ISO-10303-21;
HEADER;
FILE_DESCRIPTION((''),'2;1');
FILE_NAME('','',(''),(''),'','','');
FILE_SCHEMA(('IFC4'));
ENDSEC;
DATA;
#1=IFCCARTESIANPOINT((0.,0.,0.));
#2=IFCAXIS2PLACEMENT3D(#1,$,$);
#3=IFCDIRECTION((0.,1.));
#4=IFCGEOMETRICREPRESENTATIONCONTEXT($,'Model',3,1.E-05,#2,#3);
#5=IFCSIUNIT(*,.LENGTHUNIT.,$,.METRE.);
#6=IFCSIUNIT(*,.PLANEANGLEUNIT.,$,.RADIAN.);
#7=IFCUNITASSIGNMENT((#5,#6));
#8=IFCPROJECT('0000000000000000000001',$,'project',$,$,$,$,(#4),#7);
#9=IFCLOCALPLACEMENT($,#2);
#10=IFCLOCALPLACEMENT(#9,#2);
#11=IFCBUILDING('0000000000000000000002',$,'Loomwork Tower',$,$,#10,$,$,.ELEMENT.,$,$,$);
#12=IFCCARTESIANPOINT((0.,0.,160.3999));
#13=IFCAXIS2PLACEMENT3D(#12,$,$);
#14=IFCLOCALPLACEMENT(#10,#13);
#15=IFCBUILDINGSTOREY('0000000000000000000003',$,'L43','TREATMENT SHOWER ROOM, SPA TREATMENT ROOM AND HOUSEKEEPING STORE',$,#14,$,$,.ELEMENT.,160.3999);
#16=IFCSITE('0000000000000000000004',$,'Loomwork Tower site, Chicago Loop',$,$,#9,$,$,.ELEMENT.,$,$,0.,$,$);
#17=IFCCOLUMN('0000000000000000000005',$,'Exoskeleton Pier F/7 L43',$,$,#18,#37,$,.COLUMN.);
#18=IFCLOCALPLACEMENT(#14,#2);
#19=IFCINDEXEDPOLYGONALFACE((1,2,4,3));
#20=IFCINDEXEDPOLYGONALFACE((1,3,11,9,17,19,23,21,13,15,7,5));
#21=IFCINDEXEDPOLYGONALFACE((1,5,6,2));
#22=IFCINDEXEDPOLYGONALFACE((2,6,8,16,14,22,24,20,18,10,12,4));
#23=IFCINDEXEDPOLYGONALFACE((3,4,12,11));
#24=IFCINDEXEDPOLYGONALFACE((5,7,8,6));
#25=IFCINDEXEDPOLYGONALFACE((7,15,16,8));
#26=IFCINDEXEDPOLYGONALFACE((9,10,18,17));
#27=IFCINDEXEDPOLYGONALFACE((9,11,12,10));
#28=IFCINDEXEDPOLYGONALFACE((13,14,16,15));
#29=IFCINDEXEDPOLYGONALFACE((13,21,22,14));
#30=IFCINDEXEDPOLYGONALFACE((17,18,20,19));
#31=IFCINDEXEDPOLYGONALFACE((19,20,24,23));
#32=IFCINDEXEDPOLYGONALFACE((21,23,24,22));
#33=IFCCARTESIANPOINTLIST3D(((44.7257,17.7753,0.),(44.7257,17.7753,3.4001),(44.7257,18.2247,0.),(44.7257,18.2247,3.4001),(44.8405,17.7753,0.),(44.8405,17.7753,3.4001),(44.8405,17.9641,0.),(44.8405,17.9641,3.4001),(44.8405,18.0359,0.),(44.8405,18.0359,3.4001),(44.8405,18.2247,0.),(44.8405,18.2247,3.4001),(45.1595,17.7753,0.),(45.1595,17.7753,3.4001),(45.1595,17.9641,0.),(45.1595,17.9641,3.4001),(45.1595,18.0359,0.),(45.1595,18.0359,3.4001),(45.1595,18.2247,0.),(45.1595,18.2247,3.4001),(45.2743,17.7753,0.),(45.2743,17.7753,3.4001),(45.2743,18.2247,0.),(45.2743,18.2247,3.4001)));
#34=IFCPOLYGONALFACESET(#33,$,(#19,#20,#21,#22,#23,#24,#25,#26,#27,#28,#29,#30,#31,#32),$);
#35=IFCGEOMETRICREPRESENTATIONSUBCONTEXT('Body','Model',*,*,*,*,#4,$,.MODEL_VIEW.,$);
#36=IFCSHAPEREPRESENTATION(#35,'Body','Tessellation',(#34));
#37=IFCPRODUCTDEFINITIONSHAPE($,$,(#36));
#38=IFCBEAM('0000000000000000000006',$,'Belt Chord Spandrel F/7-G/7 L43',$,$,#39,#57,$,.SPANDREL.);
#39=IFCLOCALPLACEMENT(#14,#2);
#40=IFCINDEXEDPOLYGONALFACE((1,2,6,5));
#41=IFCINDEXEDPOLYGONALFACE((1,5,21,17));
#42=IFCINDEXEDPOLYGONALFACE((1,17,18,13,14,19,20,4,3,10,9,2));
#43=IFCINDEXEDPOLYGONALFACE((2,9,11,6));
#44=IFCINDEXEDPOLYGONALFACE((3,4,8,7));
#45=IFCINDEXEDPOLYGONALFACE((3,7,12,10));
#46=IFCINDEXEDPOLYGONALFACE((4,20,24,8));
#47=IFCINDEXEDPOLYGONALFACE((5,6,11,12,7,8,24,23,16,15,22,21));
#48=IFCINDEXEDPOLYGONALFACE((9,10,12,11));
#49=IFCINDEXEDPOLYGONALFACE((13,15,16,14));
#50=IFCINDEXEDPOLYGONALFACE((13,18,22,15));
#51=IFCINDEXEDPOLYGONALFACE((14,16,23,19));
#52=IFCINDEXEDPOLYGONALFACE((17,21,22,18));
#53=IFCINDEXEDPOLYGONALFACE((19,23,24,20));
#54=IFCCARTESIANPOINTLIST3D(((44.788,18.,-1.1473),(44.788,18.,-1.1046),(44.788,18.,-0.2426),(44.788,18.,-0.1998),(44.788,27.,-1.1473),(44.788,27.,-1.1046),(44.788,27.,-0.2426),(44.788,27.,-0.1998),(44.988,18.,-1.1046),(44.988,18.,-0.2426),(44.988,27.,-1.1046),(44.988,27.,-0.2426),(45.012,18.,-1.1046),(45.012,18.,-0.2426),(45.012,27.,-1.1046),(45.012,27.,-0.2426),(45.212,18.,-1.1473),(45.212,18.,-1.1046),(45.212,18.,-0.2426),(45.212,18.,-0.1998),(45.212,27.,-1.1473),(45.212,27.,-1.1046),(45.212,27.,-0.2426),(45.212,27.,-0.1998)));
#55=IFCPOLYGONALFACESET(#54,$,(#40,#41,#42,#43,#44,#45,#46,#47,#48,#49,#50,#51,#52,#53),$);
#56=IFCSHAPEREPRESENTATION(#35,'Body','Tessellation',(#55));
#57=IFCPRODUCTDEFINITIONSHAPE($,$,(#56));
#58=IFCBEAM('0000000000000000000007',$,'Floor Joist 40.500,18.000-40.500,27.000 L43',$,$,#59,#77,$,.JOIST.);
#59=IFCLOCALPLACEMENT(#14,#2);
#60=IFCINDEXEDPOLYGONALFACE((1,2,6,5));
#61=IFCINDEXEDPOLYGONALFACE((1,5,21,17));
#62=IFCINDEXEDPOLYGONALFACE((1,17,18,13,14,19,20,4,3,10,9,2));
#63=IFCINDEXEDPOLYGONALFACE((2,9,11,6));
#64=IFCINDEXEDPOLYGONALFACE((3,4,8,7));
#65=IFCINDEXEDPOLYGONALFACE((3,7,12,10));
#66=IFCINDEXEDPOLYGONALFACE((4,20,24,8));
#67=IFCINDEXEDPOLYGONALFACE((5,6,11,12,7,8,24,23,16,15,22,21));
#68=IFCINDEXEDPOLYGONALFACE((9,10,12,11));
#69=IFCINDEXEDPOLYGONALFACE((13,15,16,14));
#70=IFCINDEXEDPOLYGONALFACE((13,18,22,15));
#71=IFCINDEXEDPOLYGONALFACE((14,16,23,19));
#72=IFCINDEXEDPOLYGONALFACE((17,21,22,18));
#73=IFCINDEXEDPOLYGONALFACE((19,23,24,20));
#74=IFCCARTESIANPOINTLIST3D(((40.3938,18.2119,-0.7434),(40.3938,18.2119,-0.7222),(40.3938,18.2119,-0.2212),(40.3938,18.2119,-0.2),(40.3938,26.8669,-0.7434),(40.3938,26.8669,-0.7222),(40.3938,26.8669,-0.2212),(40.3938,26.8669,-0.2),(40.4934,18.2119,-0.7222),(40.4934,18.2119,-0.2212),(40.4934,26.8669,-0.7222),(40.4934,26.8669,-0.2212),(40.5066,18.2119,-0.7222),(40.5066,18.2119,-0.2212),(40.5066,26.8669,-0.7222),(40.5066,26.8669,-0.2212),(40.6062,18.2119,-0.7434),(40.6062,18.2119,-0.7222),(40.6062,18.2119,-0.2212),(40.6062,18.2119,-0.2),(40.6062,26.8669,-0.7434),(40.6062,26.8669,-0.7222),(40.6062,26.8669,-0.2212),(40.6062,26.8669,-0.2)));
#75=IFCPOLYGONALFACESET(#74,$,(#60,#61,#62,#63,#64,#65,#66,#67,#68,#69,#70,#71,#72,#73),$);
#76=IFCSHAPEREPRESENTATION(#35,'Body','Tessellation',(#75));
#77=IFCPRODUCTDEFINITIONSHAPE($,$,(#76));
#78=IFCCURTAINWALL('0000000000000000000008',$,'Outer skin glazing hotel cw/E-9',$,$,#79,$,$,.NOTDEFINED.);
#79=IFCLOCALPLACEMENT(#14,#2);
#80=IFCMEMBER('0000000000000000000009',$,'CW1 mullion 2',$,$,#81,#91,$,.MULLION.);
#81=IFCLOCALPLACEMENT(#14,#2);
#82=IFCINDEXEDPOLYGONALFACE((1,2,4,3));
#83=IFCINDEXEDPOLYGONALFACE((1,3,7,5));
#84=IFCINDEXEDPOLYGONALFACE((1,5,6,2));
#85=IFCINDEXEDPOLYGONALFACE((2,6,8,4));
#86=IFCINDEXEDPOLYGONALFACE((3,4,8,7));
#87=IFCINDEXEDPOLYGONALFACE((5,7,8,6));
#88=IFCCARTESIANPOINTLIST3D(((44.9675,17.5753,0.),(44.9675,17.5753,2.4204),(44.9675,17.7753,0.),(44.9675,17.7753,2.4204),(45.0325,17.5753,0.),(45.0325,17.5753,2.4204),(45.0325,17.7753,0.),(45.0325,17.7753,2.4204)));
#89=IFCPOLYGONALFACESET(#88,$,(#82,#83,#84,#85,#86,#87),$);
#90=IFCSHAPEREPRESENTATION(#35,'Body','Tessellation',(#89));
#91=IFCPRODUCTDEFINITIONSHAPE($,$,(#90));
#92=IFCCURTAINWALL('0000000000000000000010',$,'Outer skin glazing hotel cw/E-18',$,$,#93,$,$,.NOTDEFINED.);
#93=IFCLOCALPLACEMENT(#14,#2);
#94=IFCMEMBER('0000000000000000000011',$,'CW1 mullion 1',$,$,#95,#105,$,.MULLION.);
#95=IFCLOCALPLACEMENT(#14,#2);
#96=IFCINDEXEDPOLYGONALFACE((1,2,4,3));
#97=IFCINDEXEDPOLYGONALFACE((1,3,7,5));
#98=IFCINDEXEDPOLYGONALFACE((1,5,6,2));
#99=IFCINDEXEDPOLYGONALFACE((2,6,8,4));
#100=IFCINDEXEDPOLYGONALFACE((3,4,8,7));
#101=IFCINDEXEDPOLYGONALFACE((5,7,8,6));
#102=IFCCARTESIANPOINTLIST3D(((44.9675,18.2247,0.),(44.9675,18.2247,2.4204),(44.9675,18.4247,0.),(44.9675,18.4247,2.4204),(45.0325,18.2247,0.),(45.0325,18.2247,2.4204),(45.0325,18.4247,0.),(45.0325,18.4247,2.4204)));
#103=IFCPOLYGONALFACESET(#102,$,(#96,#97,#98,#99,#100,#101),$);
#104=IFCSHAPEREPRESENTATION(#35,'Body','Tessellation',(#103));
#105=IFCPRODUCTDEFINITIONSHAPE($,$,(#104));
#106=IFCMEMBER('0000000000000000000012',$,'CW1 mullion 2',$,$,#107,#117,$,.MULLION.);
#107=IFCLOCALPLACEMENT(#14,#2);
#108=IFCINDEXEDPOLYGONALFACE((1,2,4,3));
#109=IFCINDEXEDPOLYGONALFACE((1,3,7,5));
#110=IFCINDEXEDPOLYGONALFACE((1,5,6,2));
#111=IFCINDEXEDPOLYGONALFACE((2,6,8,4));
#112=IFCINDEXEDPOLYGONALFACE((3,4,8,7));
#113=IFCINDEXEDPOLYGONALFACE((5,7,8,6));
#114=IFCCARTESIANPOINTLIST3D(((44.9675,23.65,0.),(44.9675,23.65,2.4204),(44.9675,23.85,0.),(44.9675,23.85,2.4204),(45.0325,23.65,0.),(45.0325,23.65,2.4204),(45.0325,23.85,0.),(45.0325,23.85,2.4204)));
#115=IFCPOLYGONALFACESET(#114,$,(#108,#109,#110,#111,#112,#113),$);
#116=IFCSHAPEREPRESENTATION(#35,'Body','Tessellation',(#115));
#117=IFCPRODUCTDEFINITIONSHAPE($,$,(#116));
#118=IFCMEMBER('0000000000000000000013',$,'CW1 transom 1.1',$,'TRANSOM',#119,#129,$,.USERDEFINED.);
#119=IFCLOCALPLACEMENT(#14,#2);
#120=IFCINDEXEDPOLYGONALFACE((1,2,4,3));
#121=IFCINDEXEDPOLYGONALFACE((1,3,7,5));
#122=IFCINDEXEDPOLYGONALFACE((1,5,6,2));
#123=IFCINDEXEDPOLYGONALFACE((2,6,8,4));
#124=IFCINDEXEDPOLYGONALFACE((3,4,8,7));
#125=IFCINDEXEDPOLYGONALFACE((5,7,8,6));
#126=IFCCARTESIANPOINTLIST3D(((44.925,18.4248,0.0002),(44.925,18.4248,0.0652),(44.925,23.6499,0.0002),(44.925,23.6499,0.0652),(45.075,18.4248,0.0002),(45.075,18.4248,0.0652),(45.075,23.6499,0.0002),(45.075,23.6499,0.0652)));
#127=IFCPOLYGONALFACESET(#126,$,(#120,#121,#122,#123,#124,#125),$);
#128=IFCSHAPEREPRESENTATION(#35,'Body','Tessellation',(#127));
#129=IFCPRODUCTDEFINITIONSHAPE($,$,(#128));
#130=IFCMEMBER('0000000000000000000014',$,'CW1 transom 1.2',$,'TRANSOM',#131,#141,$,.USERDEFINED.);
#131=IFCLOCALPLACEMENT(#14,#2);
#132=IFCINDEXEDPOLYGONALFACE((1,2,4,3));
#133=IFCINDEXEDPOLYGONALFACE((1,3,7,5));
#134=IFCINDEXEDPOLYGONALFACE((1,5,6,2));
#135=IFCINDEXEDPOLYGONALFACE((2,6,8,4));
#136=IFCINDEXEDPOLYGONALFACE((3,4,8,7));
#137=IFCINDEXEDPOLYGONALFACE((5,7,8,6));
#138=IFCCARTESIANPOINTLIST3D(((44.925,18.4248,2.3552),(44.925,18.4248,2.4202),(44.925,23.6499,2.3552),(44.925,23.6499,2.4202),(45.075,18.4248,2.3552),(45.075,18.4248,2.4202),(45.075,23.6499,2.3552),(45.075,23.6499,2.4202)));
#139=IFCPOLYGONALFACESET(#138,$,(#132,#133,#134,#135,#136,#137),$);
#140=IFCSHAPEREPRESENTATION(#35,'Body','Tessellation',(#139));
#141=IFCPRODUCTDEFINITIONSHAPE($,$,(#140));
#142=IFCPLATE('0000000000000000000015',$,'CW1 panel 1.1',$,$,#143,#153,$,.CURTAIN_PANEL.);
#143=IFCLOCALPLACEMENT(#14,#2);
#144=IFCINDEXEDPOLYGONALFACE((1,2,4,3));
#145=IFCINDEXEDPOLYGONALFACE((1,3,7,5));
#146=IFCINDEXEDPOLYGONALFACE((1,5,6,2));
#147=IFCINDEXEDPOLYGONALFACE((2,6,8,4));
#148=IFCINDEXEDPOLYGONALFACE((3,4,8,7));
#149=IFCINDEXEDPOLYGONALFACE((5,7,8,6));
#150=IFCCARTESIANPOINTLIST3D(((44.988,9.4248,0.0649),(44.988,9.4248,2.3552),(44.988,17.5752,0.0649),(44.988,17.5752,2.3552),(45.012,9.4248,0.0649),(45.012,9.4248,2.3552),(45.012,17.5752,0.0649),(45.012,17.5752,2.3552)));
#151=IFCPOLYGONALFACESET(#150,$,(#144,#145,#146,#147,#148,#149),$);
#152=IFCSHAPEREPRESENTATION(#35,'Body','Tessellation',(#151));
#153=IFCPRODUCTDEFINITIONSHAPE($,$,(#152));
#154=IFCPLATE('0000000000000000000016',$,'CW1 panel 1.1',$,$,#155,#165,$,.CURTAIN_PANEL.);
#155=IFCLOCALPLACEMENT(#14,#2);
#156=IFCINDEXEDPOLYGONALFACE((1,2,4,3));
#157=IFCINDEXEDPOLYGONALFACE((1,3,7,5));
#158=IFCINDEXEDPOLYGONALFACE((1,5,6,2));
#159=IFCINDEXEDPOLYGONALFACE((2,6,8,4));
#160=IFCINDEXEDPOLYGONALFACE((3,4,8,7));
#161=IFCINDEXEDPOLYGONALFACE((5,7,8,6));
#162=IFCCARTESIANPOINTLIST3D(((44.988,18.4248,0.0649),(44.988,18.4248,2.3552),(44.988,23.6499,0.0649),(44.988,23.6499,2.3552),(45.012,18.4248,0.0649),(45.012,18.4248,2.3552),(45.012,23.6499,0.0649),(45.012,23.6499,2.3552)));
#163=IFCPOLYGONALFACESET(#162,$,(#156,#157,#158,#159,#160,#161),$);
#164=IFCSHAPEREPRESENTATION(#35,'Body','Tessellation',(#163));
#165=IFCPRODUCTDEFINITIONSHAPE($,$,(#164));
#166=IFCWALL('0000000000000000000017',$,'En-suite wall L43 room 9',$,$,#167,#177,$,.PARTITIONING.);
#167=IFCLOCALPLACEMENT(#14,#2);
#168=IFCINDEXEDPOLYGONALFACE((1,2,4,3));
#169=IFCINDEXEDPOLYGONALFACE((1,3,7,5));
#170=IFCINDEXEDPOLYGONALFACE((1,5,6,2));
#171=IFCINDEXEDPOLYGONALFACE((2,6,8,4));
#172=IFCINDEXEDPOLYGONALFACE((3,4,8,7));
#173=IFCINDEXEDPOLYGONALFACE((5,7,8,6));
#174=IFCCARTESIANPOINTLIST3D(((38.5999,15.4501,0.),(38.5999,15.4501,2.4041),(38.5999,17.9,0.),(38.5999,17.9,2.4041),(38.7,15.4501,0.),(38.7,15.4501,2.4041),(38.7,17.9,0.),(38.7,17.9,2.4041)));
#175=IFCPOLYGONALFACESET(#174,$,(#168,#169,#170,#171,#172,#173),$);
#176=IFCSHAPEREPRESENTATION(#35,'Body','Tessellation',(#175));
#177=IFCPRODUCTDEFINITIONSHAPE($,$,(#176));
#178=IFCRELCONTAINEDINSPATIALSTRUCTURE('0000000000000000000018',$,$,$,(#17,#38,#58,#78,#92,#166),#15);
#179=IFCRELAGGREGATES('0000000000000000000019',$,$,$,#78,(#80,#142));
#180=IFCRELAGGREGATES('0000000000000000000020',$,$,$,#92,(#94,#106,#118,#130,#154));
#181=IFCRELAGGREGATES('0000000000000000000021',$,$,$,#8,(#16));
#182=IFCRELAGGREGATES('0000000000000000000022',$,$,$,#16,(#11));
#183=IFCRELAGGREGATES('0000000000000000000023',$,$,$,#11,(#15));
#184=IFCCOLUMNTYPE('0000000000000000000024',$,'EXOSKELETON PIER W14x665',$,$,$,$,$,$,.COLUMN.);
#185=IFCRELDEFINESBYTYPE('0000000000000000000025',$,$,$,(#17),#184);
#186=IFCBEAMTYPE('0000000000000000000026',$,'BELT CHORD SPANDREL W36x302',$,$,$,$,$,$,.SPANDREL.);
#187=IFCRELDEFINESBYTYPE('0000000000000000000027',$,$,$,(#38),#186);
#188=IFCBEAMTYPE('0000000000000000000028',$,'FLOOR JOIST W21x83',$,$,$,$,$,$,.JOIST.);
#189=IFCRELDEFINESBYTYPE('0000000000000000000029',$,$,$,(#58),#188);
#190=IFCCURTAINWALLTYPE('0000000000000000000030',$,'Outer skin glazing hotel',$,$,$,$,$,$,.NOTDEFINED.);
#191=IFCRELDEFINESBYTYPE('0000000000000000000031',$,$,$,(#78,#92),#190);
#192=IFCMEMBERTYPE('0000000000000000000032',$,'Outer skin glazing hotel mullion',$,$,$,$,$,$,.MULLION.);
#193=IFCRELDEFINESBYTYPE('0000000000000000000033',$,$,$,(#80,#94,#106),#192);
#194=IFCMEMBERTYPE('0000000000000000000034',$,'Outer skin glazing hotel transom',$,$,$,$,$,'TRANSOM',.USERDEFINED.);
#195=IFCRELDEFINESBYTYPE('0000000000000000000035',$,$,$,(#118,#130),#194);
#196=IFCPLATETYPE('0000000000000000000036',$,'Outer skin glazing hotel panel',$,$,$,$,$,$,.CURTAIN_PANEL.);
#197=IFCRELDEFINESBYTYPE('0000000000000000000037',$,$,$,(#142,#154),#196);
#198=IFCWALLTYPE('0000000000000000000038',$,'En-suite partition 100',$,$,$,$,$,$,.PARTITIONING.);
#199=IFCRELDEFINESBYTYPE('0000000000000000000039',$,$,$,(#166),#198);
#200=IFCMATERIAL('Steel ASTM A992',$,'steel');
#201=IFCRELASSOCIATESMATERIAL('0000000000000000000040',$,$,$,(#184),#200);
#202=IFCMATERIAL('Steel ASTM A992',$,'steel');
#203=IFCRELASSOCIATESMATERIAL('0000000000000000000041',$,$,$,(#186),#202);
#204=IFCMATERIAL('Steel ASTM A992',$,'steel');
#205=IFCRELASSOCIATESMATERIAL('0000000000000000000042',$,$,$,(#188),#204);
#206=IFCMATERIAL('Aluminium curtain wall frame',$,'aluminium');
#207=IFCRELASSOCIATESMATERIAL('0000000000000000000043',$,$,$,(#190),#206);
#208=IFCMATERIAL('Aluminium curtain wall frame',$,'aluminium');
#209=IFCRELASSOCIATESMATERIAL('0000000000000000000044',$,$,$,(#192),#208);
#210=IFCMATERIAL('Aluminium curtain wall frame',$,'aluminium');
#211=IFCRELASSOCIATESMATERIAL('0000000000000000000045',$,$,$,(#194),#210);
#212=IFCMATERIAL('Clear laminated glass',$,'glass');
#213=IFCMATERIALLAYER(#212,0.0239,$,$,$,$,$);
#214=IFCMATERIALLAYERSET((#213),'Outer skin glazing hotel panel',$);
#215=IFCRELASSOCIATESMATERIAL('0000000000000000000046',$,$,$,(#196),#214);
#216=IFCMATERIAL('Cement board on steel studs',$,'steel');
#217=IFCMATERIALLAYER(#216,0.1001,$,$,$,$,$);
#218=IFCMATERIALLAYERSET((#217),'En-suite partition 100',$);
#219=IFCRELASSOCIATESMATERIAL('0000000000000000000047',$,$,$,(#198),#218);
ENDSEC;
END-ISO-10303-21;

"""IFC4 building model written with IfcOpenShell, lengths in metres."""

from ifc_helpers import new_model, si_unit, direction, frame, frame_2d, origin, origin_2d, place, context, subcontext, project, spatial, rectangle, i_section, extrude, material, layer, layer_set, material_profile, profile_set, type_object, element, aggregate, save


model = new_model("IFC4")

# Units and contexts
model_context = context("Model", 3, precision=1e-05, world=origin(), true_north=direction((0.0, 1.0)))
body_context = subcontext(model_context, "Body", "Model", "MODEL_VIEW")
ifc_project = project(units=[si_unit("LENGTHUNIT", "METRE"), si_unit("PLANEANGLEUNIT", "RADIAN")], contexts=[model_context])

# Site, building, storey
site_placement = place(None, origin())
site = spatial("IfcSite", under=ifc_project, at=site_placement, Name="Loomwork Tower site, Chicago Loop", CompositionType="ELEMENT", RefElevation=0.0)
building_placement = place(site_placement, origin())
building = spatial("IfcBuilding", under=site, at=building_placement, Name="Loomwork Tower", CompositionType="ELEMENT")
storey_placement = place(building_placement, frame((0.0, 0.0, 160.3999)))
storey = spatial("IfcBuildingStorey", under=building, at=storey_placement, Name="L43", Description="TREATMENT SHOWER ROOM, SPA TREATMENT ROOM AND HOUSEKEEPING STORE", CompositionType="ELEMENT", Elevation=160.3999)

# Column
ifc_material_1 = material(Name="Steel ASTM A992", Category="steel")
ifc_material_profile_1 = material_profile(ifc_material_1, i_section(OverallWidth=0.4495, OverallDepth=0.5486, WebThickness=0.0718, FlangeThickness=0.1147, at=origin_2d()), Name="W14x665")
ifc_profile_set_1 = profile_set([ifc_material_profile_1], Name="Steel ASTM A992")
column_type = type_object("IfcColumnType", Name="EXOSKELETON PIER W14x665", PredefinedType="COLUMN", material=ifc_profile_set_1)
column_placement = place(storey_placement, frame((45.0, 18.0, 0.0), z_axis=(0.0, 0.0, 1.0), x_axis=(0.0, 1.0, 0.0)))
element("IfcColumn", 1, at=column_placement, inside=storey, type_object=column_type, Name="Exoskeleton Pier F/7 L43", PredefinedType="COLUMN", context=body_context, shape_type="SweptSolid", body=[
    extrude(i_section(OverallWidth=0.4495, OverallDepth=0.5486, WebThickness=0.0718, FlangeThickness=0.1147, at=origin_2d()), origin(), (0.0, 0.0, 1.0), 3.4001),
])

# Beams
ifc_material_2 = material(Name="Steel ASTM A992", Category="steel")
ifc_material_profile_2 = material_profile(ifc_material_2, i_section(OverallWidth=0.4241, OverallDepth=0.9475, WebThickness=0.0239, FlangeThickness=0.0427, at=origin_2d()), Name="W36x302")
ifc_profile_set_2 = profile_set([ifc_material_profile_2], Name="Steel ASTM A992")
beam_type_1 = type_object("IfcBeamType", Name="BELT CHORD SPANDREL W36x302", PredefinedType="SPANDREL", material=ifc_profile_set_2)
beam_1_placement = place(storey_placement, frame((45.0, 18.0, -0.6736), z_axis=(0.0, 1.0, 0.0), x_axis=(-1.0, 0.0, 0.0)))
element("IfcBeam", 2, at=beam_1_placement, inside=storey, type_object=beam_type_1, Name="Belt Chord Spandrel F/7-G/7 L43", PredefinedType="SPANDREL", context=body_context, shape_type="SweptSolid", body=[
    extrude(i_section(OverallWidth=0.4241, OverallDepth=0.9475, WebThickness=0.0239, FlangeThickness=0.0427, at=origin_2d()), origin(), (0.0, 0.0, 1.0), 9.0),
])
ifc_material_3 = material(Name="Steel ASTM A992", Category="steel")
ifc_material_profile_3 = material_profile(ifc_material_3, i_section(OverallWidth=0.2124, OverallDepth=0.5435, WebThickness=0.0132, FlangeThickness=0.0212, at=origin_2d()), Name="W21x83")
ifc_profile_set_3 = profile_set([ifc_material_profile_3], Name="Steel ASTM A992")
beam_type_2 = type_object("IfcBeamType", Name="FLOOR JOIST W21x83", PredefinedType="JOIST", material=ifc_profile_set_3)
beam_2_placement = place(storey_placement, frame((40.5, 18.2119, -0.4717), z_axis=(0.0, 1.0, 0.0), x_axis=(-1.0, 0.0, 0.0)))
element("IfcBeam", 3, at=beam_2_placement, inside=storey, type_object=beam_type_2, Name="Floor Joist 40.500,18.000-40.500,27.000 L43", PredefinedType="JOIST", context=body_context, shape_type="SweptSolid", body=[
    extrude(i_section(OverallWidth=0.2124, OverallDepth=0.5435, WebThickness=0.0132, FlangeThickness=0.0212, at=origin_2d()), origin(), (0.0, 0.0, 1.0), 8.655),
])

# Curtain wall, member
ifc_material_4 = material(Name="Aluminium curtain wall frame", Category="aluminium")
curtain_wall_type = type_object("IfcCurtainWallType", Name="Outer skin glazing hotel", PredefinedType="NOTDEFINED", material=ifc_material_4)
curtain_wall_1_placement = place(storey_placement, origin())
curtain_wall_1 = element("IfcCurtainWall", 4, at=curtain_wall_1_placement, inside=storey, type_object=curtain_wall_type, Name="Outer skin glazing hotel cw/E-9", PredefinedType="NOTDEFINED")
ifc_material_5 = material(Name="Aluminium curtain wall frame", Category="aluminium")
ifc_material_profile_4 = material_profile(ifc_material_5, rectangle(XDim=0.0649, YDim=0.2, at=origin_2d()), Name="AL 65x200")
ifc_profile_set_4 = profile_set([ifc_material_profile_4], Name="Aluminium curtain wall frame")
member_type_1 = type_object("IfcMemberType", Name="Outer skin glazing hotel mullion", PredefinedType="MULLION", material=ifc_profile_set_4)
member_1_placement = place(storey_placement, frame((45.0, 17.6753, 0.0), z_axis=(0.0, 0.0, 1.0), x_axis=(-1.0, 0.0, 0.0)))
member_1 = element("IfcMember", 5, at=member_1_placement, type_object=member_type_1, Name="CW1 mullion 2", PredefinedType="MULLION", context=body_context, shape_type="SweptSolid", body=[
    extrude(rectangle(XDim=0.0649, YDim=0.2, at=origin_2d()), origin(), (0.0, 0.0, 1.0), 2.4204),
])

# Curtain wall, members
curtain_wall_2_placement = place(storey_placement, origin())
curtain_wall_2 = element("IfcCurtainWall", 6, at=curtain_wall_2_placement, inside=storey, type_object=curtain_wall_type, Name="Outer skin glazing hotel cw/E-18", PredefinedType="NOTDEFINED")
member_2_placement = place(storey_placement, frame((45.0, 18.3247, 0.0), z_axis=(0.0, 0.0, 1.0), x_axis=(-1.0, 0.0, 0.0)))
member_2 = element("IfcMember", 7, at=member_2_placement, type_object=member_type_1, Name="CW1 mullion 1", PredefinedType="MULLION", context=body_context, shape_type="SweptSolid", body=[
    extrude(rectangle(XDim=0.0649, YDim=0.2, at=origin_2d()), origin(), (0.0, 0.0, 1.0), 2.4204),
])
member_3_placement = place(storey_placement, frame((45.0, 23.75, 0.0), z_axis=(0.0, 0.0, 1.0), x_axis=(-1.0, 0.0, 0.0)))
member_3 = element("IfcMember", 8, at=member_3_placement, type_object=member_type_1, Name="CW1 mullion 2", PredefinedType="MULLION", context=body_context, shape_type="SweptSolid", body=[
    extrude(rectangle(XDim=0.0649, YDim=0.2, at=origin_2d()), origin(), (0.0, 0.0, 1.0), 2.4204),
])
ifc_material_6 = material(Name="Aluminium curtain wall frame", Category="aluminium")
ifc_material_profile_5 = material_profile(ifc_material_6, rectangle(XDim=0.1499, YDim=0.0649, at=origin_2d()), Name="AL 65x150")
ifc_profile_set_5 = profile_set([ifc_material_profile_5], Name="Aluminium curtain wall frame")
member_type_2 = type_object("IfcMemberType", Name="Outer skin glazing hotel transom", ElementType="TRANSOM", PredefinedType="USERDEFINED", material=ifc_profile_set_5)
member_4_placement = place(storey_placement, frame((45.0, 18.4248, 0.0327), z_axis=(0.0, 1.0, 0.0), x_axis=(-1.0, 0.0, 0.0)))
member_4 = element("IfcMember", 9, at=member_4_placement, type_object=member_type_2, Name="CW1 transom 1.1", ObjectType="TRANSOM", PredefinedType="USERDEFINED", context=body_context, shape_type="SweptSolid", body=[
    extrude(rectangle(XDim=0.1499, YDim=0.0649, at=origin_2d()), origin(), (0.0, 0.0, 1.0), 5.2251),
])
member_5_placement = place(storey_placement, frame((45.0, 18.4248, 2.3877), z_axis=(0.0, 1.0, 0.0), x_axis=(-1.0, 0.0, 0.0)))
member_5 = element("IfcMember", 10, at=member_5_placement, type_object=member_type_2, Name="CW1 transom 1.2", ObjectType="TRANSOM", PredefinedType="USERDEFINED", context=body_context, shape_type="SweptSolid", body=[
    extrude(rectangle(XDim=0.1499, YDim=0.0649, at=origin_2d()), origin(), (0.0, 0.0, 1.0), 5.2251),
])

# Plates
ifc_material_7 = material(Name="Clear laminated glass", Category="glass")
ifc_layer_1 = layer(ifc_material_7, 0.0239)
ifc_layer_set_1 = layer_set([ifc_layer_1], Name="Outer skin glazing hotel panel")
plate_type = type_object("IfcPlateType", Name="Outer skin glazing hotel panel", PredefinedType="CURTAIN_PANEL", material=ifc_layer_set_1)
plate_1_placement = place(storey_placement, frame((45.0, 13.5, 0.0649), z_axis=(0.0, 0.0, 1.0), x_axis=(0.0, 1.0, 0.0)))
plate_1 = element("IfcPlate", 11, at=plate_1_placement, type_object=plate_type, Name="CW1 panel 1.1", PredefinedType="CURTAIN_PANEL", context=body_context, shape_type="SweptSolid", body=[
    extrude(rectangle(XDim=8.1504, YDim=0.0239, at=origin_2d()), origin(), (0.0, 0.0, 1.0), 2.2903),
])
aggregate(curtain_wall_1, [member_1, plate_1])
plate_2_placement = place(storey_placement, frame((45.0, 21.0374, 0.0649), z_axis=(0.0, 0.0, 1.0), x_axis=(0.0, 1.0, 0.0)))
plate_2 = element("IfcPlate", 12, at=plate_2_placement, type_object=plate_type, Name="CW1 panel 1.1", PredefinedType="CURTAIN_PANEL", context=body_context, shape_type="SweptSolid", body=[
    extrude(rectangle(XDim=5.2251, YDim=0.0239, at=origin_2d()), origin(), (0.0, 0.0, 1.0), 2.2903),
])
aggregate(curtain_wall_2, [member_2, member_3, member_4, member_5, plate_2])

# Wall
ifc_material_8 = material(Name="Cement board on steel studs", Category="steel")
ifc_layer_2 = layer(ifc_material_8, 0.1001)
ifc_layer_set_2 = layer_set([ifc_layer_2], Name="En-suite partition 100")
wall_type_1 = type_object("IfcWallType", Name="En-suite partition 100", PredefinedType="PARTITIONING", material=ifc_layer_set_2)
wall_1_placement = place(storey_placement, frame((38.6499, 15.45, 0.0), z_axis=(0.0, 0.0, 1.0), x_axis=(0.0, 1.0, 0.0)))
element("IfcWall", 13, at=wall_1_placement, inside=storey, type_object=wall_type_1, Name="En-suite wall L43 room 9", PredefinedType="PARTITIONING", context=body_context, shape_type="SweptSolid", body=[
    extrude(rectangle(XDim=2.45, YDim=0.1001, at=frame_2d((1.2251, 0.0))), origin(), (0.0, 0.0, 1.0), 2.4041),
])

save(model, "model.ifc")
